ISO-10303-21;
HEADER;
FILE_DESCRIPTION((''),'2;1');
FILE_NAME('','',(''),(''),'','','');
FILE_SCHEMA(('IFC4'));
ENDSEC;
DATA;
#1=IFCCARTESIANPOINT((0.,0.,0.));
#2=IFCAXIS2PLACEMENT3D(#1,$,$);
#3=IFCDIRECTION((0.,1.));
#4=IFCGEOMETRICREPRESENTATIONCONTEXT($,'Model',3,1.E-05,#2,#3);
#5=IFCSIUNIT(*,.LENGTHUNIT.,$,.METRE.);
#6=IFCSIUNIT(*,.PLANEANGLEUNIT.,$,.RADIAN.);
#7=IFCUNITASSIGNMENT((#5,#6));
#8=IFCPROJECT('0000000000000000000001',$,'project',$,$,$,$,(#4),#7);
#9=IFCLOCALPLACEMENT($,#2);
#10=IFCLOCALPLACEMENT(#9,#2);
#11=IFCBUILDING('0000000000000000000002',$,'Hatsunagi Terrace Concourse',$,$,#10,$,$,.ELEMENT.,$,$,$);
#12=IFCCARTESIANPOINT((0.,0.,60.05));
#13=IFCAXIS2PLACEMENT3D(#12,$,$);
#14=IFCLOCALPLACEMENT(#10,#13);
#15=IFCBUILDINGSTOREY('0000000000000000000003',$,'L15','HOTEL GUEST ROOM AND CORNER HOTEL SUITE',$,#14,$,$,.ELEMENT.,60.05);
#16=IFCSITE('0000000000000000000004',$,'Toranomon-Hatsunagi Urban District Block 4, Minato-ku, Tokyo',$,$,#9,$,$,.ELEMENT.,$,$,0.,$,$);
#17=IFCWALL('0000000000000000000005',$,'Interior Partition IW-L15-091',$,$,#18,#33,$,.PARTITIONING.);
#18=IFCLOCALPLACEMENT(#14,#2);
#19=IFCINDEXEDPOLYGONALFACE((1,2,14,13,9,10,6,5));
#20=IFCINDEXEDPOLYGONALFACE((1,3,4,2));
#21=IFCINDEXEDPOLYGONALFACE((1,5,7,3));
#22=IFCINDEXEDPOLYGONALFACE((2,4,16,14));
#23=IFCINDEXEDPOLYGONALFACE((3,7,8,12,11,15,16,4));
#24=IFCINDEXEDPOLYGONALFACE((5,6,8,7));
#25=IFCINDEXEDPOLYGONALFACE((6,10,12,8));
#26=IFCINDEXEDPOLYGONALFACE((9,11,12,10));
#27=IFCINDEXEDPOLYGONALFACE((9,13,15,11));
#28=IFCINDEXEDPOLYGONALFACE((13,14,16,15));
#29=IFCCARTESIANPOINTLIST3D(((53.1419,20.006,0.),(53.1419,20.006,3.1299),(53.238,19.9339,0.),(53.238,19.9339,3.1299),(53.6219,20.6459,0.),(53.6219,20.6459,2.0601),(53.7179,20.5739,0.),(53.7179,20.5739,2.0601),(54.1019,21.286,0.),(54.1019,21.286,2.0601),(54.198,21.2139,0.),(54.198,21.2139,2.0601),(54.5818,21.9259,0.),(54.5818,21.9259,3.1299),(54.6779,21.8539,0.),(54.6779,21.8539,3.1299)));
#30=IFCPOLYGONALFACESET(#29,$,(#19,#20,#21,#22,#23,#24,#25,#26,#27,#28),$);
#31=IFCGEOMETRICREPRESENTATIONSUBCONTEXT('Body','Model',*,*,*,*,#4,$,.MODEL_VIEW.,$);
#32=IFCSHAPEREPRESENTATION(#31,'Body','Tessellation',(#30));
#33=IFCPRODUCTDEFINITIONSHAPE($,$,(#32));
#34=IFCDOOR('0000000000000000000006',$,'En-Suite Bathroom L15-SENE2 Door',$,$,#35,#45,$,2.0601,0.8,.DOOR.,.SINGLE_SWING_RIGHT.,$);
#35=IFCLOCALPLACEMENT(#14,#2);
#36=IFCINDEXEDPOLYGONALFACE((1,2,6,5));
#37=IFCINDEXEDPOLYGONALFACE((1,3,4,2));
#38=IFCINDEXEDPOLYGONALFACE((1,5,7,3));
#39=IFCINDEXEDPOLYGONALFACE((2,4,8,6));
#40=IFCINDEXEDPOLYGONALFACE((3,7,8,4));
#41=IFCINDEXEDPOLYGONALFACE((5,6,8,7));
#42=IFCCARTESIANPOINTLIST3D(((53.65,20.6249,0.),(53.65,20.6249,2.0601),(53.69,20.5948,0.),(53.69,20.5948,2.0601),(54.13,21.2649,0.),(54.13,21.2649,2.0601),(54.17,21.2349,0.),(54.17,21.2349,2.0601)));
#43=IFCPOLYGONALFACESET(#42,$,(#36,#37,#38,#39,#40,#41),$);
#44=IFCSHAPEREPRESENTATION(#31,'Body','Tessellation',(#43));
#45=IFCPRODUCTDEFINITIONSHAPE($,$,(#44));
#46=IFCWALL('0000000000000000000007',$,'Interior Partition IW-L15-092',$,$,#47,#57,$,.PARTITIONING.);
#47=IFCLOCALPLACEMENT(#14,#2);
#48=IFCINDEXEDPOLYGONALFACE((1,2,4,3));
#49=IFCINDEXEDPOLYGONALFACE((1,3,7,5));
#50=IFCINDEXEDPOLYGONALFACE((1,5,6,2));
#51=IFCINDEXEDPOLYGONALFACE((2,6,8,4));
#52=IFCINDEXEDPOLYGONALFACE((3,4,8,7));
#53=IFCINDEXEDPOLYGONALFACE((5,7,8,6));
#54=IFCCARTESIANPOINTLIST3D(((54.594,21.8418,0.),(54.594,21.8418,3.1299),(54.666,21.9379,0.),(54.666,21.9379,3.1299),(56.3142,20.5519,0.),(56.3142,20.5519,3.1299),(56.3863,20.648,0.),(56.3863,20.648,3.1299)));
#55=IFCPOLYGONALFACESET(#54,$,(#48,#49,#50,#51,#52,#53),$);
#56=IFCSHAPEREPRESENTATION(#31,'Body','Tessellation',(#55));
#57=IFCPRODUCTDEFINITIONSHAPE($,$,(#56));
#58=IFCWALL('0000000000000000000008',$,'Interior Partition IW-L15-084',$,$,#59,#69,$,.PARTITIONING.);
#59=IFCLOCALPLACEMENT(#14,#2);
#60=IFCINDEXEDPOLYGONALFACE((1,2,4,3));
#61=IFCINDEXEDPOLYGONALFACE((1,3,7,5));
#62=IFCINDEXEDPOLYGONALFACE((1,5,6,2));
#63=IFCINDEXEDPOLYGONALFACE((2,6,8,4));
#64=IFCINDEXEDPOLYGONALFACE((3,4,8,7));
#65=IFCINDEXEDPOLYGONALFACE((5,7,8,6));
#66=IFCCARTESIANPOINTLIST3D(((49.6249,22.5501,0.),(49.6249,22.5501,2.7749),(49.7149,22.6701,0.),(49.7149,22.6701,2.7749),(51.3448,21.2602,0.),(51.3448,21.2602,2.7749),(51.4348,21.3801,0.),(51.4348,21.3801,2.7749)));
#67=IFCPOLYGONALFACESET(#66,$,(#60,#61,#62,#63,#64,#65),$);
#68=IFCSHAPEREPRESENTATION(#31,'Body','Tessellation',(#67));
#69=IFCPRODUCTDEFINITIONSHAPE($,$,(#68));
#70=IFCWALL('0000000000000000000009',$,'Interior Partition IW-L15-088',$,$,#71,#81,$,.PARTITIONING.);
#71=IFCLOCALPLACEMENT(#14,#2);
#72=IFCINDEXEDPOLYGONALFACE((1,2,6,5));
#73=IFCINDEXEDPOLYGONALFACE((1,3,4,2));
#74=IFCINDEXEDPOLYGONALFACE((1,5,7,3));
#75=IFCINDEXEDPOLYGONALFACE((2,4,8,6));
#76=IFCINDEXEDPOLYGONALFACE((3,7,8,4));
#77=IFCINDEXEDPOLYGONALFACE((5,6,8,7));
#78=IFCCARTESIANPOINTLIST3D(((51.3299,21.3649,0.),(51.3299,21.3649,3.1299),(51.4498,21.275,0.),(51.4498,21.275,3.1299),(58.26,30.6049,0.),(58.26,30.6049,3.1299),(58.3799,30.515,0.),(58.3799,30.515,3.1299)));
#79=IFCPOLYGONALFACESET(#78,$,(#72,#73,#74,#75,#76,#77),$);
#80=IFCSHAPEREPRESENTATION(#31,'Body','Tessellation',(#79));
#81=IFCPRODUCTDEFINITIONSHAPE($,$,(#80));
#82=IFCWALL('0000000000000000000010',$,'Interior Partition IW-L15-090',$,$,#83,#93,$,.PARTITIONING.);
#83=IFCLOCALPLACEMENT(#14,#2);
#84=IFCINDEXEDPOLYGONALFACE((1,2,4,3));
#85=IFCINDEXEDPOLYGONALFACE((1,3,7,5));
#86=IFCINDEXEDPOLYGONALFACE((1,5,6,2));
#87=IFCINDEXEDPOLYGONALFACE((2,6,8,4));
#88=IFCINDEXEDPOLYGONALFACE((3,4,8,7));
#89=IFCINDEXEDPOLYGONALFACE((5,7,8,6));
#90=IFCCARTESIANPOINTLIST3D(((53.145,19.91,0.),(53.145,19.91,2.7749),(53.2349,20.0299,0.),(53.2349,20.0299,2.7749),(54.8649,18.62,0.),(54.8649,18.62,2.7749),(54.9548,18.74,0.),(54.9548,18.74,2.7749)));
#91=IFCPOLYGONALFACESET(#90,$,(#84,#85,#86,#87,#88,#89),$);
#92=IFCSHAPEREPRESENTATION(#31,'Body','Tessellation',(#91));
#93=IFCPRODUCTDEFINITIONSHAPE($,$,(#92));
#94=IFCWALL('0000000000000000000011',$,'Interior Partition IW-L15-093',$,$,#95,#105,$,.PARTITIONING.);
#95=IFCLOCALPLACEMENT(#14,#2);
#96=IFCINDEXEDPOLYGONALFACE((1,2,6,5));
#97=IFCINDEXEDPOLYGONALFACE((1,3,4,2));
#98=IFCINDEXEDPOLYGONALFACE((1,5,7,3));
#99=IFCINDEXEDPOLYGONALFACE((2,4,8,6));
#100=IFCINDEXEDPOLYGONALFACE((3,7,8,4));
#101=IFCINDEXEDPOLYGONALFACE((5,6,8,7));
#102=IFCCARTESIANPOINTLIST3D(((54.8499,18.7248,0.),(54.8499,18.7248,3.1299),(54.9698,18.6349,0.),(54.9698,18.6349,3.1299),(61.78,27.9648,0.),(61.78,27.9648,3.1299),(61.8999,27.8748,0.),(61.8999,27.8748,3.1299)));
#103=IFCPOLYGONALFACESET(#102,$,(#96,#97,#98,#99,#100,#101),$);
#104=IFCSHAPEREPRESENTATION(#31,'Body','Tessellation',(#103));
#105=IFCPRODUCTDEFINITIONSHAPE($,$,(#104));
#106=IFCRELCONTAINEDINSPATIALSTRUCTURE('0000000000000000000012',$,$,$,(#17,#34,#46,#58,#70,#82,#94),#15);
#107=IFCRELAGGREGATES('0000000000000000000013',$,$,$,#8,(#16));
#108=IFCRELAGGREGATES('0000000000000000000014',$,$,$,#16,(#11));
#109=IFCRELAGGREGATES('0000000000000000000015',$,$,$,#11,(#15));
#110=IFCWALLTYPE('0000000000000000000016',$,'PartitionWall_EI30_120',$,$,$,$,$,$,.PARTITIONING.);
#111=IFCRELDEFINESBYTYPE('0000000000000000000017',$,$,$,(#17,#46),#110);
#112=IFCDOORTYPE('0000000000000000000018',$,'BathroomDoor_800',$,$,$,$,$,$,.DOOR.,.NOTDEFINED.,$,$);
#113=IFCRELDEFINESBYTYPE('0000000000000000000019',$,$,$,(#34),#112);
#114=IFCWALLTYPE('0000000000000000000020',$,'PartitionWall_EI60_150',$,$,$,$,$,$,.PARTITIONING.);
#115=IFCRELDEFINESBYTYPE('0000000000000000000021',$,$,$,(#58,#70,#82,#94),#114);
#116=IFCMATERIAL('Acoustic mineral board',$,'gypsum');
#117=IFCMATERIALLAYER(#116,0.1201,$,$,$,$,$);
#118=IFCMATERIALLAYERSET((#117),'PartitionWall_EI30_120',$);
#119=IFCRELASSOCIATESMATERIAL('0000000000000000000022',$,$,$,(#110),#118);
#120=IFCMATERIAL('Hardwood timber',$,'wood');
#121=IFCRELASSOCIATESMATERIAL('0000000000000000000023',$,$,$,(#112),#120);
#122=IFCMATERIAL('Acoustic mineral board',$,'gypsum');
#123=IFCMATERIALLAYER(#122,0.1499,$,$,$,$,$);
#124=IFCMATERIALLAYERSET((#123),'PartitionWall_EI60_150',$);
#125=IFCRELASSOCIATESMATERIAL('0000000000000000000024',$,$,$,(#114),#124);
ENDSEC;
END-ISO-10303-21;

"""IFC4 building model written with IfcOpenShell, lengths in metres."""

from ifc_helpers import new_model, si_unit, direction, frame, frame_2d, origin, place, context, subcontext, project, spatial, rectangle, extrude, material, layer, layer_set, type_object, element, fill, save


model = new_model("IFC4")

# Units and contexts
model_context = context("Model", 3, precision=1e-05, world=origin(), true_north=direction((0.0, 1.0)))
body_context = subcontext(model_context, "Body", "Model", "MODEL_VIEW")
ifc_project = project(units=[si_unit("LENGTHUNIT", "METRE"), si_unit("PLANEANGLEUNIT", "RADIAN")], contexts=[model_context])

# Site, building, storey
site_placement = place(None, origin())
site = spatial("IfcSite", under=ifc_project, at=site_placement, Name="Toranomon-Hatsunagi Urban District Block 4, Minato-ku, Tokyo", CompositionType="ELEMENT", RefElevation=0.0)
building_placement = place(site_placement, origin())
building = spatial("IfcBuilding", under=site, at=building_placement, Name="Hatsunagi Terrace Concourse", CompositionType="ELEMENT")
storey_placement = place(building_placement, frame((0.0, 0.0, 60.05)))
storey = spatial("IfcBuildingStorey", under=building, at=storey_placement, Name="L15", Description="HOTEL GUEST ROOM AND CORNER HOTEL SUITE", CompositionType="ELEMENT", Elevation=60.05)

# Shared definitions
ifc_material_1 = material(Name="Acoustic mineral board", Category="gypsum")
ifc_layer_1 = layer(ifc_material_1, 0.1201)
ifc_layer_set_1 = layer_set([ifc_layer_1], Name="PartitionWall_EI30_120")
wall_type_1 = type_object("IfcWallType", Name="PartitionWall_EI30_120", PredefinedType="PARTITIONING", material=ifc_layer_set_1)
ifc_material_2 = material(Name="Hardwood timber", Category="wood")
door_type_1 = type_object("IfcDoorType", Name="BathroomDoor_800", OperationType="NOTDEFINED", PredefinedType="DOOR", material=ifc_material_2)

# Wall, opening, door
wall_1_placement = place(storey_placement, frame((53.1899, 19.97, 0.0), z_axis=(0.0, 0.0, 1.0), x_axis=(0.6, 0.8, 0.0)))
wall_1 = element("IfcWall", 1, at=wall_1_placement, inside=storey, type_object=wall_type_1, Name="Interior Partition IW-L15-091", PredefinedType="PARTITIONING", context=body_context, shape_type="SweptSolid", body=[
    extrude(rectangle(XDim=2.3999, YDim=0.1201, at=frame_2d((1.2, 0.0))), origin(), (0.0, 0.0, 1.0), 3.1299),
])
opening_1_placement = place(wall_1_placement, frame((0.8, 0.0, 0.0)))
opening_1 = element("IfcOpeningElement", 2, at=opening_1_placement, cuts=wall_1, PredefinedType="OPENING", context=body_context, shape_type="SweptSolid", body=[
    extrude(rectangle(XDim=0.8, YDim=2.0601, at=frame_2d((0.3999, 1.03))), frame((0.0, 0.0701, 0.0), z_axis=(0.0, -1.0, 0.0), x_axis=(1.0, 0.0, 0.0)), (0.0, 0.0, 1.0), 0.1401),
])
door_1_placement = place(opening_1_placement, origin())
door_1 = element("IfcDoor", 3, at=door_1_placement, inside=storey, type_object=door_type_1, Name="En-Suite Bathroom L15-SENE2 Door", OperationType="SINGLE_SWING_RIGHT", OverallHeight=2.0601, OverallWidth=0.8, PredefinedType="DOOR", context=body_context, shape_type="SweptSolid", body=[
    extrude(rectangle(XDim=0.8, YDim=2.0601, at=frame_2d((0.3999, 1.03))), frame((0.0, 0.0249, 0.0), z_axis=(0.0, -1.0, 0.0), x_axis=(1.0, 0.0, 0.0)), (0.0, 0.0, 1.0), 0.05),
])
fill(opening_1, door_1)

# Walls
wall_2_placement = place(storey_placement, frame((54.6299, 21.8899, 0.0), z_axis=(0.0, 0.0, 1.0), x_axis=(0.800082, -0.599891, 0.0)))
element("IfcWall", 4, at=wall_2_placement, inside=storey, type_object=wall_type_1, Name="Interior Partition IW-L15-092", PredefinedType="PARTITIONING", context=body_context, shape_type="SweptSolid", body=[
    extrude(rectangle(XDim=2.1501, YDim=0.1201, at=frame_2d((1.0752, 0.0))), origin(), (0.0, 0.0, 1.0), 3.1299),
])
ifc_material_3 = material(Name="Acoustic mineral board", Category="gypsum")
ifc_layer_2 = layer(ifc_material_3, 0.1499)
ifc_layer_set_2 = layer_set([ifc_layer_2], Name="PartitionWall_EI60_150")
wall_type_2 = type_object("IfcWallType", Name="PartitionWall_EI60_150", PredefinedType="PARTITIONING", material=ifc_layer_set_2)
wall_3_placement = place(storey_placement, frame((49.6699, 22.6101, 0.0), z_axis=(0.0, 0.0, 1.0), x_axis=(0.799986, -0.600018, 0.0)))
element("IfcWall", 5, at=wall_3_placement, inside=storey, type_object=wall_type_2, Name="Interior Partition IW-L15-084", PredefinedType="PARTITIONING", context=body_context, shape_type="SweptSolid", body=[
    extrude(rectangle(XDim=2.1499, YDim=0.1499, at=frame_2d((1.075, 0.0))), origin(), (0.0, 0.0, 1.0), 2.7749),
])
wall_4_placement = place(storey_placement, frame((51.3899, 21.3201, 0.0), z_axis=(0.0, 0.0, 1.0), x_axis=(0.60001, 0.799992, 0.0)))
element("IfcWall", 6, at=wall_4_placement, inside=storey, type_object=wall_type_2, Name="Interior Partition IW-L15-088", PredefinedType="PARTITIONING", context=body_context, shape_type="SweptSolid", body=[
    extrude(rectangle(XDim=11.55, YDim=0.1499, at=frame_2d((5.7749, 0.0))), origin(), (0.0, 0.0, 1.0), 3.1299),
])

# Walls
wall_5_placement = place(storey_placement, frame((53.1899, 19.97, 0.0), z_axis=(0.0, 0.0, 1.0), x_axis=(0.799986, -0.600018, 0.0)))
element("IfcWall", 7, at=wall_5_placement, inside=storey, type_object=wall_type_2, Name="Interior Partition IW-L15-090", PredefinedType="PARTITIONING", context=body_context, shape_type="SweptSolid", body=[
    extrude(rectangle(XDim=2.1499, YDim=0.1499, at=frame_2d((1.075, 0.0))), origin(), (0.0, 0.0, 1.0), 2.7749),
])
wall_6_placement = place(storey_placement, frame((54.9099, 18.6799, 0.0), z_axis=(0.0, 0.0, 1.0), x_axis=(0.60001, 0.799992, 0.0)))
element("IfcWall", 8, at=wall_6_placement, inside=storey, type_object=wall_type_2, Name="Interior Partition IW-L15-093", PredefinedType="PARTITIONING", context=body_context, shape_type="SweptSolid", body=[
    extrude(rectangle(XDim=11.55, YDim=0.1499, at=frame_2d((5.7749, 0.0))), origin(), (0.0, 0.0, 1.0), 3.1299),
])

save(model, "model.ifc")
